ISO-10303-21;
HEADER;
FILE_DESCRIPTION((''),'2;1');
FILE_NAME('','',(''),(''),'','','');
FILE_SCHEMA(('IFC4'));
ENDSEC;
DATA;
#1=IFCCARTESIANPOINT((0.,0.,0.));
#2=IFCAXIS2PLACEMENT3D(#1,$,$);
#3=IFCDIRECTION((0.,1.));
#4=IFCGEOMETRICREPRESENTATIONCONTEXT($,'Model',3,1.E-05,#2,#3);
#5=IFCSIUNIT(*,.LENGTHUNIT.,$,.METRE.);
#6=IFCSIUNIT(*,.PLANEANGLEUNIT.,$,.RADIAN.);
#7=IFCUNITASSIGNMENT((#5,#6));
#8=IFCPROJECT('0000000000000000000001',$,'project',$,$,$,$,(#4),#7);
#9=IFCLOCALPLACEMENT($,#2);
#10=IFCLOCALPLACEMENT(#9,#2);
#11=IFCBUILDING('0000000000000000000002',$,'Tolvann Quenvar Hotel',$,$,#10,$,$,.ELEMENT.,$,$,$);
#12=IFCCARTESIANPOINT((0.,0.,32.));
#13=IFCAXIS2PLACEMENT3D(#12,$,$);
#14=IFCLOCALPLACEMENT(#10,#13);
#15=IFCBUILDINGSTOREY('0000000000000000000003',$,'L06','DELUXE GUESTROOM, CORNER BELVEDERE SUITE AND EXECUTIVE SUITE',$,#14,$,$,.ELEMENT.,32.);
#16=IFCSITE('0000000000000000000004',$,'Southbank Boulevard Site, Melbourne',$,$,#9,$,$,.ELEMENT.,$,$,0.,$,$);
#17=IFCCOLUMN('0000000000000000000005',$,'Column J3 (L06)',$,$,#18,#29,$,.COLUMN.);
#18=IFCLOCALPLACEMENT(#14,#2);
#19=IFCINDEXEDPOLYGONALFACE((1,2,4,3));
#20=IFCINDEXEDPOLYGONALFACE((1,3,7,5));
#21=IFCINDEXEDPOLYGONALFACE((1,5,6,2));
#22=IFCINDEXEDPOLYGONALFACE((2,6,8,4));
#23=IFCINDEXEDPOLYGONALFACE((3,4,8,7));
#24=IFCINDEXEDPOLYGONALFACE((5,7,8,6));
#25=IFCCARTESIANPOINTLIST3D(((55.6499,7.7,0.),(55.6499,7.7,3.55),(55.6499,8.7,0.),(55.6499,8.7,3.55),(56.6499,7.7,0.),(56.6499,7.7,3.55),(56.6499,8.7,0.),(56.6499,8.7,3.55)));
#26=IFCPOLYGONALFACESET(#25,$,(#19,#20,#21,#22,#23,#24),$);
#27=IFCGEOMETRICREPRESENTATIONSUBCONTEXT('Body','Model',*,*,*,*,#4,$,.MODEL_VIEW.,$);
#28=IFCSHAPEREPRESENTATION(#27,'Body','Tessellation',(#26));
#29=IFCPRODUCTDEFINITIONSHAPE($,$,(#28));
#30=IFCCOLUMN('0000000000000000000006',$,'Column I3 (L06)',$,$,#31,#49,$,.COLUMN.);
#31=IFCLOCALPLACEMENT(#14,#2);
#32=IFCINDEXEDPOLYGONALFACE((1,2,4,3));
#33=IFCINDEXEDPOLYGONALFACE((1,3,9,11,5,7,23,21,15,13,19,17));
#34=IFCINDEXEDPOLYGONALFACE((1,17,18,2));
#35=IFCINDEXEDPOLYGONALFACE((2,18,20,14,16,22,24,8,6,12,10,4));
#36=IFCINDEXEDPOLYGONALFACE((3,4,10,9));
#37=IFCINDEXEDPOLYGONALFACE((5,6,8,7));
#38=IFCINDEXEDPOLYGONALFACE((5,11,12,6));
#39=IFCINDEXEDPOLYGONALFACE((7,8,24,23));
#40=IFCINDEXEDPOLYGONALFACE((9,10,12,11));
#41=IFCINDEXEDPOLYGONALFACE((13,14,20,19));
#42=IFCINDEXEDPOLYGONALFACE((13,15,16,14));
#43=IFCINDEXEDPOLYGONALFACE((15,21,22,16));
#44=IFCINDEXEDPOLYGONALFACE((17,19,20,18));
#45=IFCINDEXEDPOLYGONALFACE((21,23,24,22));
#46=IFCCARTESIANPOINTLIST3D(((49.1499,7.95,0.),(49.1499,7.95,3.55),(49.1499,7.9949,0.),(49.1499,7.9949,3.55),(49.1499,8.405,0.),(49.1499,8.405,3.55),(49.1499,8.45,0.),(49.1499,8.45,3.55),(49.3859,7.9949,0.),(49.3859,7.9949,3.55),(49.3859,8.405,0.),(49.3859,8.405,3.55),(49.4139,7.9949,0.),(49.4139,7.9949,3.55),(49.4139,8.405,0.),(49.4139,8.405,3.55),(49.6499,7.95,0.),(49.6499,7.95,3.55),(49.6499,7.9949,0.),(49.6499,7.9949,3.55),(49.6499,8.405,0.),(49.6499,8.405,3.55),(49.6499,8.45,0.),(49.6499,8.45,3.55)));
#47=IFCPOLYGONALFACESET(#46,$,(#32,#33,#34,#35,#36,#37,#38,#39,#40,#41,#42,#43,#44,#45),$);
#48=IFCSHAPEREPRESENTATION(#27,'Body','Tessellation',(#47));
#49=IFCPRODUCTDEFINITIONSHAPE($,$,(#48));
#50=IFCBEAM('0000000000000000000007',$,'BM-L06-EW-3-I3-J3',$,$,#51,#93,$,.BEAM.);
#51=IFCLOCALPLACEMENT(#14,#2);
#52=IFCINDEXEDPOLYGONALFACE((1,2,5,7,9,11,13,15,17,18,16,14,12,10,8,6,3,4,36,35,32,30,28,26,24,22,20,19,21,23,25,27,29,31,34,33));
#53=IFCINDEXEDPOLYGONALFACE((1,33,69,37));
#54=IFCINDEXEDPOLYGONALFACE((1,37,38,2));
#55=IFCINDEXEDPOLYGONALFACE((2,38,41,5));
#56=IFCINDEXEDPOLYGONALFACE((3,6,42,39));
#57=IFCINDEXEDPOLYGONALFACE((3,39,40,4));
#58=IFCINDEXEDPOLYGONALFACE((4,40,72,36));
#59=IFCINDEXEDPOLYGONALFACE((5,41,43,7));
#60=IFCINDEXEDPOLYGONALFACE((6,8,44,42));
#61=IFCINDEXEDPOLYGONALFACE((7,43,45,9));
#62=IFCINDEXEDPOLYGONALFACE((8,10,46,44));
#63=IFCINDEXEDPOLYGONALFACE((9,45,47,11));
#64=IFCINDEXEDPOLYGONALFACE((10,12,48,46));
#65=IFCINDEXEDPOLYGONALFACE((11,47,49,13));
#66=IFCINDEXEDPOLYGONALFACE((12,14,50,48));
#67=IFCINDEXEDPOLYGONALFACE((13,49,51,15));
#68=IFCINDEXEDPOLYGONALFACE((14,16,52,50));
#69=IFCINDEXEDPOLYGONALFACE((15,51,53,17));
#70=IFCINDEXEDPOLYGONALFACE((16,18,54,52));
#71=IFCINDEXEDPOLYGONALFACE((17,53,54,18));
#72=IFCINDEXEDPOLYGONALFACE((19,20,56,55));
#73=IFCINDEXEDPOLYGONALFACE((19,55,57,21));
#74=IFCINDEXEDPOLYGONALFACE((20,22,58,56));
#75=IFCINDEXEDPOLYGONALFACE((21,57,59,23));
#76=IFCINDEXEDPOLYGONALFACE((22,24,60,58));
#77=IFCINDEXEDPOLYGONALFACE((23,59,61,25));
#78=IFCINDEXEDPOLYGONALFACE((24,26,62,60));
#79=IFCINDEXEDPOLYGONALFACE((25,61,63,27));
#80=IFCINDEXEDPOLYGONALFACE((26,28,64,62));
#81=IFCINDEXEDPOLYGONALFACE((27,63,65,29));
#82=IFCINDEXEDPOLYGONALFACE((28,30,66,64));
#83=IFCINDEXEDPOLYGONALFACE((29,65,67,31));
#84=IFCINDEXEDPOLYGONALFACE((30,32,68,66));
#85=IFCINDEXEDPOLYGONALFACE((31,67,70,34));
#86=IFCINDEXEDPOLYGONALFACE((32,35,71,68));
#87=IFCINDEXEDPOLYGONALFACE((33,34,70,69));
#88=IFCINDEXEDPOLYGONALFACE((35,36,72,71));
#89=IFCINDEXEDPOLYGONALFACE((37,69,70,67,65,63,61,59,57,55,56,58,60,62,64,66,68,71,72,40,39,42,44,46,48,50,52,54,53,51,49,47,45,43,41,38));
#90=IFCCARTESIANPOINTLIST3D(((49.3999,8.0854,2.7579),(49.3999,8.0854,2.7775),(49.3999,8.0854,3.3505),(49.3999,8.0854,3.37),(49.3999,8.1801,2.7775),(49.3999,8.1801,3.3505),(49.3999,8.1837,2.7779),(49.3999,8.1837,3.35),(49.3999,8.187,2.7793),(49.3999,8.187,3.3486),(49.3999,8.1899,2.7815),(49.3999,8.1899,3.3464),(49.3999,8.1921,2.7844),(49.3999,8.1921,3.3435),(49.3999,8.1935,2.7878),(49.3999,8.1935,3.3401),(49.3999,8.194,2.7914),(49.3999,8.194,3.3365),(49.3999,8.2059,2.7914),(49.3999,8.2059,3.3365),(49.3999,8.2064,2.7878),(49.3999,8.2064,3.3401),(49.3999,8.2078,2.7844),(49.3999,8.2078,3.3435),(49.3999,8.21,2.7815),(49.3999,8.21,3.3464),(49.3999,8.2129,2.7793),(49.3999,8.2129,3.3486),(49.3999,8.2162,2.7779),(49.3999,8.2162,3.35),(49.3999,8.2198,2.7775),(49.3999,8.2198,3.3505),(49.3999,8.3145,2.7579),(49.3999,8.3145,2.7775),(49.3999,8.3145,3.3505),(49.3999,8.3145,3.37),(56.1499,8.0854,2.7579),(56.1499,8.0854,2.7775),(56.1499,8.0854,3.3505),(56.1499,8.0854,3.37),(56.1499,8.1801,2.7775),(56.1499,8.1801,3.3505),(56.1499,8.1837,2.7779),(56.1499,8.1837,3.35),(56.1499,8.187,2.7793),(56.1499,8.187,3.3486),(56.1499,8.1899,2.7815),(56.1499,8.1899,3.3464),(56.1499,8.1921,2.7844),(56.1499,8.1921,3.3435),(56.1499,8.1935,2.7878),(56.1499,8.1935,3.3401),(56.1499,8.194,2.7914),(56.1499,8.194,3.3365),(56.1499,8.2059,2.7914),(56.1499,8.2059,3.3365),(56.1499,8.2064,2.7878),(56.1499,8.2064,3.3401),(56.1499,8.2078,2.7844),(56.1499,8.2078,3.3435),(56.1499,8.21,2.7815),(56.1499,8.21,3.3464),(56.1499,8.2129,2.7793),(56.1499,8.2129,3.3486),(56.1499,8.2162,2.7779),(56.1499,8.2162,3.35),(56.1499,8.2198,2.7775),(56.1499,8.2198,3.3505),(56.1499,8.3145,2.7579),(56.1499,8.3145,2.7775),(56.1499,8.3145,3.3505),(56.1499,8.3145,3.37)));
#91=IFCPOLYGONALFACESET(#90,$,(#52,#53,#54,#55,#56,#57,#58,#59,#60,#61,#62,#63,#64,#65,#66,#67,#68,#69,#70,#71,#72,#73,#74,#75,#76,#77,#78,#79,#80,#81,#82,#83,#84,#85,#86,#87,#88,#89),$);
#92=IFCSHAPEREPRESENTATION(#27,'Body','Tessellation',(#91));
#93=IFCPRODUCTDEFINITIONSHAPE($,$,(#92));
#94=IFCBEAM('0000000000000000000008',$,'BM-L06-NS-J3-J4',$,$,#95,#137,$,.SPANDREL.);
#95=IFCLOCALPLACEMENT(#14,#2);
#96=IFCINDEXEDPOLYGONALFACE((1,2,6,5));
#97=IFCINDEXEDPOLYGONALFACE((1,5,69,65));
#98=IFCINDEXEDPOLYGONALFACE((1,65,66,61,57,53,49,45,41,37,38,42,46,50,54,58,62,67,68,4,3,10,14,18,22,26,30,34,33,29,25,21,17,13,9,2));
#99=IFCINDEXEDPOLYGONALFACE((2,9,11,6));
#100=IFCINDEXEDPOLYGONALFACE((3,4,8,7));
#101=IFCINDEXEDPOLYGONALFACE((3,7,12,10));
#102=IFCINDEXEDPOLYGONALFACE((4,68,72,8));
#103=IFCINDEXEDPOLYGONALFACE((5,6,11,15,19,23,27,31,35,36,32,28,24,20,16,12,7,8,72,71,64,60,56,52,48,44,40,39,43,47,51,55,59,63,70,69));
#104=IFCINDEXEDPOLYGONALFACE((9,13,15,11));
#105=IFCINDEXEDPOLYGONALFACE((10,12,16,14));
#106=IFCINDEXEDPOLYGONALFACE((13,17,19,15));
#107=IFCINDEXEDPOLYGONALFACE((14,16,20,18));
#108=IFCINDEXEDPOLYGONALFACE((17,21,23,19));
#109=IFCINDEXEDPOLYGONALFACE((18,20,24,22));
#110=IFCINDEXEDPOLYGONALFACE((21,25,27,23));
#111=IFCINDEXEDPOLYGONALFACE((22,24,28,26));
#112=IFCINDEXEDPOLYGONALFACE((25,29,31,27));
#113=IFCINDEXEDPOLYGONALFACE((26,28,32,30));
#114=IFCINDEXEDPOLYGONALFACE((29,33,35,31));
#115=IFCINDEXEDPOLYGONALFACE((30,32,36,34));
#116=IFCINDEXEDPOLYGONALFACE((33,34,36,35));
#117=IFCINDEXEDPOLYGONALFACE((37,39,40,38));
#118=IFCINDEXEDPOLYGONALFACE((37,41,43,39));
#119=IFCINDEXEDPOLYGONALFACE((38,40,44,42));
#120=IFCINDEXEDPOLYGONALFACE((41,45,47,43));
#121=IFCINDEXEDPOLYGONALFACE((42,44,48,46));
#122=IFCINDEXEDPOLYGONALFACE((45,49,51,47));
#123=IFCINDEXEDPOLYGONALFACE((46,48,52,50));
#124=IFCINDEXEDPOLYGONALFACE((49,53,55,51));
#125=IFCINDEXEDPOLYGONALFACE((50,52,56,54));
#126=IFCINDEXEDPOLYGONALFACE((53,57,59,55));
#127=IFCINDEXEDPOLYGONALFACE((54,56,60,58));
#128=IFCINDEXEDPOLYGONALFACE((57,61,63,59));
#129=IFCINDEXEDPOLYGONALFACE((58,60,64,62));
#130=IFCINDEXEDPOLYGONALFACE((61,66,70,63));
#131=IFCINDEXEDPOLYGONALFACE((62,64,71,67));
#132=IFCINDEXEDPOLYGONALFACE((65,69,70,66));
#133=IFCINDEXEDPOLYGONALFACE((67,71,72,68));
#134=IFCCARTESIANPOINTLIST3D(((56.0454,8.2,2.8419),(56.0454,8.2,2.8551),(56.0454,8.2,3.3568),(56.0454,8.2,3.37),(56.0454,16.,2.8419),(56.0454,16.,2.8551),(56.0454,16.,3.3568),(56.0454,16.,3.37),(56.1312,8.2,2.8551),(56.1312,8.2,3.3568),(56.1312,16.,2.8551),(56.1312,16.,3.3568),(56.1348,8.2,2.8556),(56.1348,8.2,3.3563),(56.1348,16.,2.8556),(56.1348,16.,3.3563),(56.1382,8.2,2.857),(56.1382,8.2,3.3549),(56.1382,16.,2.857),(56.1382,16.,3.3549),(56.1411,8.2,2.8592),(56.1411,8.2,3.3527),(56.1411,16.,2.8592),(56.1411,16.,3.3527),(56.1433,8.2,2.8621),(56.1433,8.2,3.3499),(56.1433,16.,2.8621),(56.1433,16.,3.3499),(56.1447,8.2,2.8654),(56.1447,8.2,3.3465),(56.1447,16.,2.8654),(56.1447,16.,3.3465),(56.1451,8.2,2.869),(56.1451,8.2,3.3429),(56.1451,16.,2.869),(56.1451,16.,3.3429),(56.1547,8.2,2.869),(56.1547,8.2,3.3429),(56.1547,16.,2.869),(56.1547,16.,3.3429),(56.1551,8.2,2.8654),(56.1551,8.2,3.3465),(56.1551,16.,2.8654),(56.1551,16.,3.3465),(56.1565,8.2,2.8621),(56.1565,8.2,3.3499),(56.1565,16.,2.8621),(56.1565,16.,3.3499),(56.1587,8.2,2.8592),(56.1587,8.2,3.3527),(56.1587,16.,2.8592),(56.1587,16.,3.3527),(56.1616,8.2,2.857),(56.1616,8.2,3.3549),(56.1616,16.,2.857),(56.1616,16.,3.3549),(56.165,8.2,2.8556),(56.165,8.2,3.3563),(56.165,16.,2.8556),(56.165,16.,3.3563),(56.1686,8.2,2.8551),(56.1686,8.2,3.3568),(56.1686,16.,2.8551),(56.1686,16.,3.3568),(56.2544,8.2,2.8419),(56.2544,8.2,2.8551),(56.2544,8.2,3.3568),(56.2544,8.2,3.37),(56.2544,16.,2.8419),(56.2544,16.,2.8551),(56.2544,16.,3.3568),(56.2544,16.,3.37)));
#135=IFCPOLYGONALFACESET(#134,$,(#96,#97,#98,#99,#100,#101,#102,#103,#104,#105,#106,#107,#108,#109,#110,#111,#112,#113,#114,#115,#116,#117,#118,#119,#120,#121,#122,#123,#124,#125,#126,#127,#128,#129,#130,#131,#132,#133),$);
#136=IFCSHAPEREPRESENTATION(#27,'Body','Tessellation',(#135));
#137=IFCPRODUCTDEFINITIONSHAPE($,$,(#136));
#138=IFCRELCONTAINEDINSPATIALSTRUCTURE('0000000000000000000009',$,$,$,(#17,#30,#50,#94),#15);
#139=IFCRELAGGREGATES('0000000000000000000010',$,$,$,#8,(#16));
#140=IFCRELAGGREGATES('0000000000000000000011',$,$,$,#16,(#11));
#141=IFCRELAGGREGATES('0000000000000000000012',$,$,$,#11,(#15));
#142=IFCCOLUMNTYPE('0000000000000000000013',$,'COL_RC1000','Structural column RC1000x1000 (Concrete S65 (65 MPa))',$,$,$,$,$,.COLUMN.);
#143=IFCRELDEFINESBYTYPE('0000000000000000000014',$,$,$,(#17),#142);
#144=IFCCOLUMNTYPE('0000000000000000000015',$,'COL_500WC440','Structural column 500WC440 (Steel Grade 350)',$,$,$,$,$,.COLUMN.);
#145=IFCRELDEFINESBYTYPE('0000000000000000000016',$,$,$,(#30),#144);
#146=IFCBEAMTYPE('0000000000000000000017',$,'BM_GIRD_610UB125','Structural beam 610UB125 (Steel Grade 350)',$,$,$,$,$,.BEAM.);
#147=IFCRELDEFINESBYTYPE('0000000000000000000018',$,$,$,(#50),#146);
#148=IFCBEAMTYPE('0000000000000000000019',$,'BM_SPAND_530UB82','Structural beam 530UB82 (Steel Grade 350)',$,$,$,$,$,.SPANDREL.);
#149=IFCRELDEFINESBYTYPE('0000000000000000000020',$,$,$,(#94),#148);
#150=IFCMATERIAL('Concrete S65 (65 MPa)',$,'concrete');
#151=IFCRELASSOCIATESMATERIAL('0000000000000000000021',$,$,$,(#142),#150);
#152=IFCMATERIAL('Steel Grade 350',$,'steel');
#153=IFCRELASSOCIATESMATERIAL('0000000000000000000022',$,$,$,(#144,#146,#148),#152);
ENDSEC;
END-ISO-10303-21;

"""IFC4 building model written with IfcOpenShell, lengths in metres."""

from ifc_helpers import new_model, si_unit, direction, frame, origin, origin_2d, place, context, subcontext, project, spatial, rectangle, i_section, extrude, source, transform, mapped, material, material_profile, profile_set, type_object, type_shapes, element, save


model = new_model("IFC4")

# Units and contexts
model_context = context("Model", 3, precision=1e-05, world=origin(), true_north=direction((0.0, 1.0)))
body_context = subcontext(model_context, "Body", "Model", "MODEL_VIEW")
ifc_project = project(units=[si_unit("LENGTHUNIT", "METRE"), si_unit("PLANEANGLEUNIT", "RADIAN")], contexts=[model_context])

# Site, building, storey
site_placement = place(None, origin())
site = spatial("IfcSite", under=ifc_project, at=site_placement, Name="Southbank Boulevard Site, Melbourne", CompositionType="ELEMENT", RefElevation=0.0)
building_placement = place(site_placement, origin())
building = spatial("IfcBuilding", under=site, at=building_placement, Name="Tolvann Quenvar Hotel", CompositionType="ELEMENT")
storey_placement = place(building_placement, frame((0.0, 0.0, 32.0)))
storey = spatial("IfcBuildingStorey", under=building, at=storey_placement, Name="L06", Description="DELUXE GUESTROOM, CORNER BELVEDERE SUITE AND EXECUTIVE SUITE", CompositionType="ELEMENT", Elevation=32.0)

# Columns
ifc_material_1 = material(Name="Concrete S65 (65 MPa)", Category="concrete")
ifc_material_profile_1 = material_profile(ifc_material_1, rectangle(XDim=1.0, YDim=1.0, at=origin_2d()), Name="RC1000x1000")
ifc_profile_set_1 = profile_set([ifc_material_profile_1], Name="Concrete S65 (65 MPa)")
column_type_1 = type_object("IfcColumnType", Name="COL_RC1000", Description="Structural column RC1000x1000 (Concrete S65 (65 MPa))", PredefinedType="COLUMN", material=ifc_profile_set_1)
shared_shape_1 = source(origin(), body_context, "Body", "SweptSolid", [
    extrude(rectangle(XDim=1.0, YDim=1.0, at=origin_2d()), origin(), (0.0, 0.0, 1.0), 3.55),
])
type_shapes(column_type_1, [shared_shape_1])
column_1_placement = place(storey_placement, frame((56.1499, 8.2, 0.0), z_axis=(0.0, 0.0, 1.0), x_axis=(1.0, 0.0, 0.0)))
element("IfcColumn", 1, at=column_1_placement, inside=storey, type_object=column_type_1, Name="Column J3 (L06)", PredefinedType="COLUMN", context=body_context, shape_type="MappedRepresentation", body=[
    mapped(shared_shape_1, transform((0.0, 0.0, 0.0), x_axis=(1.0, 0.0, 0.0), y_axis=(0.0, 1.0, 0.0), z_axis=(0.0, 0.0, 1.0), scale=1.0)),
])
ifc_material_2 = material(Name="Steel Grade 350", Category="steel")
ifc_material_profile_2 = material_profile(ifc_material_2, i_section(OverallWidth=0.5, OverallDepth=0.5, WebThickness=0.0281, FlangeThickness=0.0449, at=origin_2d()), Name="500WC440")
ifc_profile_set_2 = profile_set([ifc_material_profile_2], Name="Steel Grade 350")
column_type_2 = type_object("IfcColumnType", Name="COL_500WC440", Description="Structural column 500WC440 (Steel Grade 350)", PredefinedType="COLUMN", material=ifc_profile_set_2)
shared_shape_2 = source(origin(), body_context, "Body", "SweptSolid", [
    extrude(i_section(OverallWidth=0.5, OverallDepth=0.5, WebThickness=0.0281, FlangeThickness=0.0449, at=origin_2d()), origin(), (0.0, 0.0, 1.0), 3.55),
])
type_shapes(column_type_2, [shared_shape_2])
column_2_placement = place(storey_placement, frame((49.3999, 8.2, 0.0), z_axis=(0.0, 0.0, 1.0), x_axis=(1.0, 0.0, 0.0)))
element("IfcColumn", 2, at=column_2_placement, inside=storey, type_object=column_type_2, Name="Column I3 (L06)", PredefinedType="COLUMN", context=body_context, shape_type="MappedRepresentation", body=[
    mapped(shared_shape_2, transform((0.0, 0.0, 0.0), x_axis=(1.0, 0.0, 0.0), y_axis=(0.0, 1.0, 0.0), z_axis=(0.0, 0.0, 1.0), scale=1.0)),
])

# Beams
ifc_material_profile_3 = material_profile(ifc_material_2, i_section(OverallWidth=0.229, OverallDepth=0.6121, WebThickness=0.012, FlangeThickness=0.0195, FilletRadius=0.0139, at=origin_2d()), Name="610UB125")
ifc_profile_set_3 = profile_set([ifc_material_profile_3], Name="Steel Grade 350")
beam_type_1 = type_object("IfcBeamType", Name="BM_GIRD_610UB125", Description="Structural beam 610UB125 (Steel Grade 350)", PredefinedType="BEAM", material=ifc_profile_set_3)
shared_shape_3 = source(origin(), body_context, "Body", "SweptSolid", [
    extrude(i_section(OverallWidth=0.229, OverallDepth=0.6121, WebThickness=0.012, FlangeThickness=0.0195, FilletRadius=0.0139, at=origin_2d()), origin(), (0.0, 0.0, 1.0), 6.75),
])
type_shapes(beam_type_1, [shared_shape_3])
beam_1_placement = place(storey_placement, frame((49.3999, 8.2, 3.064), z_axis=(1.0, 0.0, 0.0), x_axis=(0.0, 1.0, 0.0)))
element("IfcBeam", 3, at=beam_1_placement, inside=storey, type_object=beam_type_1, Name="BM-L06-EW-3-I3-J3", PredefinedType="BEAM", context=body_context, shape_type="MappedRepresentation", body=[
    mapped(shared_shape_3, transform((0.0, 0.0, 0.0), x_axis=(1.0, 0.0, 0.0), y_axis=(0.0, 1.0, 0.0), z_axis=(0.0, 0.0, 1.0), scale=1.0)),
])
ifc_material_profile_4 = material_profile(ifc_material_2, i_section(OverallWidth=0.209, OverallDepth=0.5281, WebThickness=0.0095, FlangeThickness=0.0132, FilletRadius=0.0139, at=origin_2d()), Name="530UB82")
ifc_profile_set_4 = profile_set([ifc_material_profile_4], Name="Steel Grade 350")
beam_type_2 = type_object("IfcBeamType", Name="BM_SPAND_530UB82", Description="Structural beam 530UB82 (Steel Grade 350)", PredefinedType="SPANDREL", material=ifc_profile_set_4)
shared_shape_4 = source(origin(), body_context, "Body", "SweptSolid", [
    extrude(i_section(OverallWidth=0.209, OverallDepth=0.5281, WebThickness=0.0095, FlangeThickness=0.0132, FilletRadius=0.0139, at=origin_2d()), origin(), (0.0, 0.0, 1.0), 7.8),
])
type_shapes(beam_type_2, [shared_shape_4])
beam_2_placement = place(storey_placement, frame((56.1499, 8.2, 3.106), z_axis=(0.0, 1.0, 0.0), x_axis=(-1.0, 0.0, 0.0)))
element("IfcBeam", 4, at=beam_2_placement, inside=storey, type_object=beam_type_2, Name="BM-L06-NS-J3-J4", PredefinedType="SPANDREL", context=body_context, shape_type="MappedRepresentation", body=[
    mapped(shared_shape_4, transform((0.0, 0.0, 0.0), x_axis=(1.0, 0.0, 0.0), y_axis=(0.0, 1.0, 0.0), z_axis=(0.0, 0.0, 1.0), scale=1.0)),
])

save(model, "model.ifc")
